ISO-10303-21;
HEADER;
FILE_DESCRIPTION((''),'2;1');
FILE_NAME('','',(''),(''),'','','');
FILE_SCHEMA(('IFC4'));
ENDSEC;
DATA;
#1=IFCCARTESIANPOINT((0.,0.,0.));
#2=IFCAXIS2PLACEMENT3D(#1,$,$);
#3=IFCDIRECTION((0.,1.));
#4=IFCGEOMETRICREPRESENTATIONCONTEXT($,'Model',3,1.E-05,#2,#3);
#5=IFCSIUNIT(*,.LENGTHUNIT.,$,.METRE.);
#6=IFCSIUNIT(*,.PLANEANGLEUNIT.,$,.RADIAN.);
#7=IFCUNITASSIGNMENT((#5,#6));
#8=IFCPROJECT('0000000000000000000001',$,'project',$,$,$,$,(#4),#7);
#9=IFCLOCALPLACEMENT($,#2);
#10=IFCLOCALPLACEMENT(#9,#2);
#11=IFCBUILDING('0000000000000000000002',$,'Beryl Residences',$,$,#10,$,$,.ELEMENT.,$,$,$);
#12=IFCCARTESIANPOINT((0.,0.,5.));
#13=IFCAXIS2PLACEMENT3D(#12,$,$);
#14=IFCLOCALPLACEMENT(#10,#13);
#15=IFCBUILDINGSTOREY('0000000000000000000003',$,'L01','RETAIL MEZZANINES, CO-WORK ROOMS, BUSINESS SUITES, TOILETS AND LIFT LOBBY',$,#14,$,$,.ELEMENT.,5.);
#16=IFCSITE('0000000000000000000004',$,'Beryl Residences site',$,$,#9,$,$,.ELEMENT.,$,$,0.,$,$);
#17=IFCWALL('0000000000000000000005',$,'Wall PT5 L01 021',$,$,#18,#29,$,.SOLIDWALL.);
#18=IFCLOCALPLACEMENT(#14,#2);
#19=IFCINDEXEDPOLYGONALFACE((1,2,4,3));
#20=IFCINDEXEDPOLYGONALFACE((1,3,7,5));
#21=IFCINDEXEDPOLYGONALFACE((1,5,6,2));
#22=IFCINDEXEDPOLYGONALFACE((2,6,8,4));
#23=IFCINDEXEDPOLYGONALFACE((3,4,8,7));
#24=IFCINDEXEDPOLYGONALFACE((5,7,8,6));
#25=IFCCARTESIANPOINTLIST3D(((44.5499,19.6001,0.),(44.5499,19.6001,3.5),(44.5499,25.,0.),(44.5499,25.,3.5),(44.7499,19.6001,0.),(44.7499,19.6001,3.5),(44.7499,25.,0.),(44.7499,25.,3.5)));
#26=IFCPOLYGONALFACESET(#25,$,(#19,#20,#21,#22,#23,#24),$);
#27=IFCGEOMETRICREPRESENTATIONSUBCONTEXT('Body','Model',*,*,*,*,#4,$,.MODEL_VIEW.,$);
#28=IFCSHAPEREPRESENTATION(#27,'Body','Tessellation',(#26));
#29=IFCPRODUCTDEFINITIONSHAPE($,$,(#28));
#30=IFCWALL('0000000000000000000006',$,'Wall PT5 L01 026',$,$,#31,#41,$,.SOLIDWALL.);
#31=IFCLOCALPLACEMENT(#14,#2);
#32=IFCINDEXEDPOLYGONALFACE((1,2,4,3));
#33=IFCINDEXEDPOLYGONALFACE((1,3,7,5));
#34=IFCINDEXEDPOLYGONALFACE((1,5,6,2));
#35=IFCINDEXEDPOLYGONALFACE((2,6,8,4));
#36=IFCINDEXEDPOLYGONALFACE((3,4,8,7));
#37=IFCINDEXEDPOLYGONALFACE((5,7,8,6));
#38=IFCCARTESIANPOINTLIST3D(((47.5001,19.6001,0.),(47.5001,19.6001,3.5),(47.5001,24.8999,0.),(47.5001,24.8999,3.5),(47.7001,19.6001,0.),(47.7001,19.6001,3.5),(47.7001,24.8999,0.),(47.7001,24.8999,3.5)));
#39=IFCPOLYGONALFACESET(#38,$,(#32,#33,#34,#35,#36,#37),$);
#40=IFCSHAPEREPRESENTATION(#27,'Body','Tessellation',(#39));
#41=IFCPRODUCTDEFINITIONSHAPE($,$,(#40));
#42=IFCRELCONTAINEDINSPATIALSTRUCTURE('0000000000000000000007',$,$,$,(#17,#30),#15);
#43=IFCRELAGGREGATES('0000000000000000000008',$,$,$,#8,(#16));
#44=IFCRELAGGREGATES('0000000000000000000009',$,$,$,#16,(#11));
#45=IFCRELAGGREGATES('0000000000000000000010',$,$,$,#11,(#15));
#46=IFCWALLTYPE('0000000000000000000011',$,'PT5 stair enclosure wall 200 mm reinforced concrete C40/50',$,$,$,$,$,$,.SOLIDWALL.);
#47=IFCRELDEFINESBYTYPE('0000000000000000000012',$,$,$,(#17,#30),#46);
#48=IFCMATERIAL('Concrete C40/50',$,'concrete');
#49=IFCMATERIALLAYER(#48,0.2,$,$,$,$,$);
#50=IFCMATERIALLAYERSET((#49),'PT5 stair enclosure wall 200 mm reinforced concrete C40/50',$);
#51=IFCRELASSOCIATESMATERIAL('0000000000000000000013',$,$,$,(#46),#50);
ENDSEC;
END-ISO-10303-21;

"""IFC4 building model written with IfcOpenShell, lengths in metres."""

from ifc_helpers import new_model, si_unit, direction, frame, frame_2d, origin, place, context, subcontext, project, spatial, rectangle, extrude, material, layer, layer_set, type_object, element, save


model = new_model("IFC4")

# Units and contexts
model_context = context("Model", 3, precision=1e-05, world=origin(), true_north=direction((0.0, 1.0)))
body_context = subcontext(model_context, "Body", "Model", "MODEL_VIEW")
ifc_project = project(units=[si_unit("LENGTHUNIT", "METRE"), si_unit("PLANEANGLEUNIT", "RADIAN")], contexts=[model_context])

# Site, building, storey
site_placement = place(None, origin())
site = spatial("IfcSite", under=ifc_project, at=site_placement, Name="Beryl Residences site", CompositionType="ELEMENT", RefElevation=0.0)
building_placement = place(site_placement, origin())
building = spatial("IfcBuilding", under=site, at=building_placement, Name="Beryl Residences", CompositionType="ELEMENT")
storey_placement = place(building_placement, frame((0.0, 0.0, 5.0)))
storey = spatial("IfcBuildingStorey", under=building, at=storey_placement, Name="L01", Description="RETAIL MEZZANINES, CO-WORK ROOMS, BUSINESS SUITES, TOILETS AND LIFT LOBBY", CompositionType="ELEMENT", Elevation=5.0)

# Walls
ifc_material_1 = material(Name="Concrete C40/50", Category="concrete")
ifc_layer_1 = layer(ifc_material_1, 0.2)
ifc_layer_set_1 = layer_set([ifc_layer_1], Name="PT5 stair enclosure wall 200 mm reinforced concrete C40/50")
wall_type_1 = type_object("IfcWallType", Name="PT5 stair enclosure wall 200 mm reinforced concrete C40/50", PredefinedType="SOLIDWALL", material=ifc_layer_set_1)
wall_1_placement = place(storey_placement, frame((44.6499, 19.6001, 0.0), z_axis=(0.0, 0.0, 1.0), x_axis=(0.0, 1.0, 0.0)))
element("IfcWall", 1, at=wall_1_placement, inside=storey, type_object=wall_type_1, Name="Wall PT5 L01 021", PredefinedType="SOLIDWALL", context=body_context, shape_type="SweptSolid", body=[
    extrude(rectangle(XDim=5.3999, YDim=0.2, at=frame_2d((2.7, 0.0))), origin(), (0.0, 0.0, 1.0), 3.5),
])
wall_2_placement = place(storey_placement, frame((47.6001, 19.6001, 0.0), z_axis=(0.0, 0.0, 1.0), x_axis=(0.0, 1.0, 0.0)))
element("IfcWall", 2, at=wall_2_placement, inside=storey, type_object=wall_type_1, Name="Wall PT5 L01 026", PredefinedType="SOLIDWALL", context=body_context, shape_type="SweptSolid", body=[
    extrude(rectangle(XDim=5.2998, YDim=0.2, at=frame_2d((2.6499, 0.0))), origin(), (0.0, 0.0, 1.0), 3.5),
])

save(model, "model.ifc")
